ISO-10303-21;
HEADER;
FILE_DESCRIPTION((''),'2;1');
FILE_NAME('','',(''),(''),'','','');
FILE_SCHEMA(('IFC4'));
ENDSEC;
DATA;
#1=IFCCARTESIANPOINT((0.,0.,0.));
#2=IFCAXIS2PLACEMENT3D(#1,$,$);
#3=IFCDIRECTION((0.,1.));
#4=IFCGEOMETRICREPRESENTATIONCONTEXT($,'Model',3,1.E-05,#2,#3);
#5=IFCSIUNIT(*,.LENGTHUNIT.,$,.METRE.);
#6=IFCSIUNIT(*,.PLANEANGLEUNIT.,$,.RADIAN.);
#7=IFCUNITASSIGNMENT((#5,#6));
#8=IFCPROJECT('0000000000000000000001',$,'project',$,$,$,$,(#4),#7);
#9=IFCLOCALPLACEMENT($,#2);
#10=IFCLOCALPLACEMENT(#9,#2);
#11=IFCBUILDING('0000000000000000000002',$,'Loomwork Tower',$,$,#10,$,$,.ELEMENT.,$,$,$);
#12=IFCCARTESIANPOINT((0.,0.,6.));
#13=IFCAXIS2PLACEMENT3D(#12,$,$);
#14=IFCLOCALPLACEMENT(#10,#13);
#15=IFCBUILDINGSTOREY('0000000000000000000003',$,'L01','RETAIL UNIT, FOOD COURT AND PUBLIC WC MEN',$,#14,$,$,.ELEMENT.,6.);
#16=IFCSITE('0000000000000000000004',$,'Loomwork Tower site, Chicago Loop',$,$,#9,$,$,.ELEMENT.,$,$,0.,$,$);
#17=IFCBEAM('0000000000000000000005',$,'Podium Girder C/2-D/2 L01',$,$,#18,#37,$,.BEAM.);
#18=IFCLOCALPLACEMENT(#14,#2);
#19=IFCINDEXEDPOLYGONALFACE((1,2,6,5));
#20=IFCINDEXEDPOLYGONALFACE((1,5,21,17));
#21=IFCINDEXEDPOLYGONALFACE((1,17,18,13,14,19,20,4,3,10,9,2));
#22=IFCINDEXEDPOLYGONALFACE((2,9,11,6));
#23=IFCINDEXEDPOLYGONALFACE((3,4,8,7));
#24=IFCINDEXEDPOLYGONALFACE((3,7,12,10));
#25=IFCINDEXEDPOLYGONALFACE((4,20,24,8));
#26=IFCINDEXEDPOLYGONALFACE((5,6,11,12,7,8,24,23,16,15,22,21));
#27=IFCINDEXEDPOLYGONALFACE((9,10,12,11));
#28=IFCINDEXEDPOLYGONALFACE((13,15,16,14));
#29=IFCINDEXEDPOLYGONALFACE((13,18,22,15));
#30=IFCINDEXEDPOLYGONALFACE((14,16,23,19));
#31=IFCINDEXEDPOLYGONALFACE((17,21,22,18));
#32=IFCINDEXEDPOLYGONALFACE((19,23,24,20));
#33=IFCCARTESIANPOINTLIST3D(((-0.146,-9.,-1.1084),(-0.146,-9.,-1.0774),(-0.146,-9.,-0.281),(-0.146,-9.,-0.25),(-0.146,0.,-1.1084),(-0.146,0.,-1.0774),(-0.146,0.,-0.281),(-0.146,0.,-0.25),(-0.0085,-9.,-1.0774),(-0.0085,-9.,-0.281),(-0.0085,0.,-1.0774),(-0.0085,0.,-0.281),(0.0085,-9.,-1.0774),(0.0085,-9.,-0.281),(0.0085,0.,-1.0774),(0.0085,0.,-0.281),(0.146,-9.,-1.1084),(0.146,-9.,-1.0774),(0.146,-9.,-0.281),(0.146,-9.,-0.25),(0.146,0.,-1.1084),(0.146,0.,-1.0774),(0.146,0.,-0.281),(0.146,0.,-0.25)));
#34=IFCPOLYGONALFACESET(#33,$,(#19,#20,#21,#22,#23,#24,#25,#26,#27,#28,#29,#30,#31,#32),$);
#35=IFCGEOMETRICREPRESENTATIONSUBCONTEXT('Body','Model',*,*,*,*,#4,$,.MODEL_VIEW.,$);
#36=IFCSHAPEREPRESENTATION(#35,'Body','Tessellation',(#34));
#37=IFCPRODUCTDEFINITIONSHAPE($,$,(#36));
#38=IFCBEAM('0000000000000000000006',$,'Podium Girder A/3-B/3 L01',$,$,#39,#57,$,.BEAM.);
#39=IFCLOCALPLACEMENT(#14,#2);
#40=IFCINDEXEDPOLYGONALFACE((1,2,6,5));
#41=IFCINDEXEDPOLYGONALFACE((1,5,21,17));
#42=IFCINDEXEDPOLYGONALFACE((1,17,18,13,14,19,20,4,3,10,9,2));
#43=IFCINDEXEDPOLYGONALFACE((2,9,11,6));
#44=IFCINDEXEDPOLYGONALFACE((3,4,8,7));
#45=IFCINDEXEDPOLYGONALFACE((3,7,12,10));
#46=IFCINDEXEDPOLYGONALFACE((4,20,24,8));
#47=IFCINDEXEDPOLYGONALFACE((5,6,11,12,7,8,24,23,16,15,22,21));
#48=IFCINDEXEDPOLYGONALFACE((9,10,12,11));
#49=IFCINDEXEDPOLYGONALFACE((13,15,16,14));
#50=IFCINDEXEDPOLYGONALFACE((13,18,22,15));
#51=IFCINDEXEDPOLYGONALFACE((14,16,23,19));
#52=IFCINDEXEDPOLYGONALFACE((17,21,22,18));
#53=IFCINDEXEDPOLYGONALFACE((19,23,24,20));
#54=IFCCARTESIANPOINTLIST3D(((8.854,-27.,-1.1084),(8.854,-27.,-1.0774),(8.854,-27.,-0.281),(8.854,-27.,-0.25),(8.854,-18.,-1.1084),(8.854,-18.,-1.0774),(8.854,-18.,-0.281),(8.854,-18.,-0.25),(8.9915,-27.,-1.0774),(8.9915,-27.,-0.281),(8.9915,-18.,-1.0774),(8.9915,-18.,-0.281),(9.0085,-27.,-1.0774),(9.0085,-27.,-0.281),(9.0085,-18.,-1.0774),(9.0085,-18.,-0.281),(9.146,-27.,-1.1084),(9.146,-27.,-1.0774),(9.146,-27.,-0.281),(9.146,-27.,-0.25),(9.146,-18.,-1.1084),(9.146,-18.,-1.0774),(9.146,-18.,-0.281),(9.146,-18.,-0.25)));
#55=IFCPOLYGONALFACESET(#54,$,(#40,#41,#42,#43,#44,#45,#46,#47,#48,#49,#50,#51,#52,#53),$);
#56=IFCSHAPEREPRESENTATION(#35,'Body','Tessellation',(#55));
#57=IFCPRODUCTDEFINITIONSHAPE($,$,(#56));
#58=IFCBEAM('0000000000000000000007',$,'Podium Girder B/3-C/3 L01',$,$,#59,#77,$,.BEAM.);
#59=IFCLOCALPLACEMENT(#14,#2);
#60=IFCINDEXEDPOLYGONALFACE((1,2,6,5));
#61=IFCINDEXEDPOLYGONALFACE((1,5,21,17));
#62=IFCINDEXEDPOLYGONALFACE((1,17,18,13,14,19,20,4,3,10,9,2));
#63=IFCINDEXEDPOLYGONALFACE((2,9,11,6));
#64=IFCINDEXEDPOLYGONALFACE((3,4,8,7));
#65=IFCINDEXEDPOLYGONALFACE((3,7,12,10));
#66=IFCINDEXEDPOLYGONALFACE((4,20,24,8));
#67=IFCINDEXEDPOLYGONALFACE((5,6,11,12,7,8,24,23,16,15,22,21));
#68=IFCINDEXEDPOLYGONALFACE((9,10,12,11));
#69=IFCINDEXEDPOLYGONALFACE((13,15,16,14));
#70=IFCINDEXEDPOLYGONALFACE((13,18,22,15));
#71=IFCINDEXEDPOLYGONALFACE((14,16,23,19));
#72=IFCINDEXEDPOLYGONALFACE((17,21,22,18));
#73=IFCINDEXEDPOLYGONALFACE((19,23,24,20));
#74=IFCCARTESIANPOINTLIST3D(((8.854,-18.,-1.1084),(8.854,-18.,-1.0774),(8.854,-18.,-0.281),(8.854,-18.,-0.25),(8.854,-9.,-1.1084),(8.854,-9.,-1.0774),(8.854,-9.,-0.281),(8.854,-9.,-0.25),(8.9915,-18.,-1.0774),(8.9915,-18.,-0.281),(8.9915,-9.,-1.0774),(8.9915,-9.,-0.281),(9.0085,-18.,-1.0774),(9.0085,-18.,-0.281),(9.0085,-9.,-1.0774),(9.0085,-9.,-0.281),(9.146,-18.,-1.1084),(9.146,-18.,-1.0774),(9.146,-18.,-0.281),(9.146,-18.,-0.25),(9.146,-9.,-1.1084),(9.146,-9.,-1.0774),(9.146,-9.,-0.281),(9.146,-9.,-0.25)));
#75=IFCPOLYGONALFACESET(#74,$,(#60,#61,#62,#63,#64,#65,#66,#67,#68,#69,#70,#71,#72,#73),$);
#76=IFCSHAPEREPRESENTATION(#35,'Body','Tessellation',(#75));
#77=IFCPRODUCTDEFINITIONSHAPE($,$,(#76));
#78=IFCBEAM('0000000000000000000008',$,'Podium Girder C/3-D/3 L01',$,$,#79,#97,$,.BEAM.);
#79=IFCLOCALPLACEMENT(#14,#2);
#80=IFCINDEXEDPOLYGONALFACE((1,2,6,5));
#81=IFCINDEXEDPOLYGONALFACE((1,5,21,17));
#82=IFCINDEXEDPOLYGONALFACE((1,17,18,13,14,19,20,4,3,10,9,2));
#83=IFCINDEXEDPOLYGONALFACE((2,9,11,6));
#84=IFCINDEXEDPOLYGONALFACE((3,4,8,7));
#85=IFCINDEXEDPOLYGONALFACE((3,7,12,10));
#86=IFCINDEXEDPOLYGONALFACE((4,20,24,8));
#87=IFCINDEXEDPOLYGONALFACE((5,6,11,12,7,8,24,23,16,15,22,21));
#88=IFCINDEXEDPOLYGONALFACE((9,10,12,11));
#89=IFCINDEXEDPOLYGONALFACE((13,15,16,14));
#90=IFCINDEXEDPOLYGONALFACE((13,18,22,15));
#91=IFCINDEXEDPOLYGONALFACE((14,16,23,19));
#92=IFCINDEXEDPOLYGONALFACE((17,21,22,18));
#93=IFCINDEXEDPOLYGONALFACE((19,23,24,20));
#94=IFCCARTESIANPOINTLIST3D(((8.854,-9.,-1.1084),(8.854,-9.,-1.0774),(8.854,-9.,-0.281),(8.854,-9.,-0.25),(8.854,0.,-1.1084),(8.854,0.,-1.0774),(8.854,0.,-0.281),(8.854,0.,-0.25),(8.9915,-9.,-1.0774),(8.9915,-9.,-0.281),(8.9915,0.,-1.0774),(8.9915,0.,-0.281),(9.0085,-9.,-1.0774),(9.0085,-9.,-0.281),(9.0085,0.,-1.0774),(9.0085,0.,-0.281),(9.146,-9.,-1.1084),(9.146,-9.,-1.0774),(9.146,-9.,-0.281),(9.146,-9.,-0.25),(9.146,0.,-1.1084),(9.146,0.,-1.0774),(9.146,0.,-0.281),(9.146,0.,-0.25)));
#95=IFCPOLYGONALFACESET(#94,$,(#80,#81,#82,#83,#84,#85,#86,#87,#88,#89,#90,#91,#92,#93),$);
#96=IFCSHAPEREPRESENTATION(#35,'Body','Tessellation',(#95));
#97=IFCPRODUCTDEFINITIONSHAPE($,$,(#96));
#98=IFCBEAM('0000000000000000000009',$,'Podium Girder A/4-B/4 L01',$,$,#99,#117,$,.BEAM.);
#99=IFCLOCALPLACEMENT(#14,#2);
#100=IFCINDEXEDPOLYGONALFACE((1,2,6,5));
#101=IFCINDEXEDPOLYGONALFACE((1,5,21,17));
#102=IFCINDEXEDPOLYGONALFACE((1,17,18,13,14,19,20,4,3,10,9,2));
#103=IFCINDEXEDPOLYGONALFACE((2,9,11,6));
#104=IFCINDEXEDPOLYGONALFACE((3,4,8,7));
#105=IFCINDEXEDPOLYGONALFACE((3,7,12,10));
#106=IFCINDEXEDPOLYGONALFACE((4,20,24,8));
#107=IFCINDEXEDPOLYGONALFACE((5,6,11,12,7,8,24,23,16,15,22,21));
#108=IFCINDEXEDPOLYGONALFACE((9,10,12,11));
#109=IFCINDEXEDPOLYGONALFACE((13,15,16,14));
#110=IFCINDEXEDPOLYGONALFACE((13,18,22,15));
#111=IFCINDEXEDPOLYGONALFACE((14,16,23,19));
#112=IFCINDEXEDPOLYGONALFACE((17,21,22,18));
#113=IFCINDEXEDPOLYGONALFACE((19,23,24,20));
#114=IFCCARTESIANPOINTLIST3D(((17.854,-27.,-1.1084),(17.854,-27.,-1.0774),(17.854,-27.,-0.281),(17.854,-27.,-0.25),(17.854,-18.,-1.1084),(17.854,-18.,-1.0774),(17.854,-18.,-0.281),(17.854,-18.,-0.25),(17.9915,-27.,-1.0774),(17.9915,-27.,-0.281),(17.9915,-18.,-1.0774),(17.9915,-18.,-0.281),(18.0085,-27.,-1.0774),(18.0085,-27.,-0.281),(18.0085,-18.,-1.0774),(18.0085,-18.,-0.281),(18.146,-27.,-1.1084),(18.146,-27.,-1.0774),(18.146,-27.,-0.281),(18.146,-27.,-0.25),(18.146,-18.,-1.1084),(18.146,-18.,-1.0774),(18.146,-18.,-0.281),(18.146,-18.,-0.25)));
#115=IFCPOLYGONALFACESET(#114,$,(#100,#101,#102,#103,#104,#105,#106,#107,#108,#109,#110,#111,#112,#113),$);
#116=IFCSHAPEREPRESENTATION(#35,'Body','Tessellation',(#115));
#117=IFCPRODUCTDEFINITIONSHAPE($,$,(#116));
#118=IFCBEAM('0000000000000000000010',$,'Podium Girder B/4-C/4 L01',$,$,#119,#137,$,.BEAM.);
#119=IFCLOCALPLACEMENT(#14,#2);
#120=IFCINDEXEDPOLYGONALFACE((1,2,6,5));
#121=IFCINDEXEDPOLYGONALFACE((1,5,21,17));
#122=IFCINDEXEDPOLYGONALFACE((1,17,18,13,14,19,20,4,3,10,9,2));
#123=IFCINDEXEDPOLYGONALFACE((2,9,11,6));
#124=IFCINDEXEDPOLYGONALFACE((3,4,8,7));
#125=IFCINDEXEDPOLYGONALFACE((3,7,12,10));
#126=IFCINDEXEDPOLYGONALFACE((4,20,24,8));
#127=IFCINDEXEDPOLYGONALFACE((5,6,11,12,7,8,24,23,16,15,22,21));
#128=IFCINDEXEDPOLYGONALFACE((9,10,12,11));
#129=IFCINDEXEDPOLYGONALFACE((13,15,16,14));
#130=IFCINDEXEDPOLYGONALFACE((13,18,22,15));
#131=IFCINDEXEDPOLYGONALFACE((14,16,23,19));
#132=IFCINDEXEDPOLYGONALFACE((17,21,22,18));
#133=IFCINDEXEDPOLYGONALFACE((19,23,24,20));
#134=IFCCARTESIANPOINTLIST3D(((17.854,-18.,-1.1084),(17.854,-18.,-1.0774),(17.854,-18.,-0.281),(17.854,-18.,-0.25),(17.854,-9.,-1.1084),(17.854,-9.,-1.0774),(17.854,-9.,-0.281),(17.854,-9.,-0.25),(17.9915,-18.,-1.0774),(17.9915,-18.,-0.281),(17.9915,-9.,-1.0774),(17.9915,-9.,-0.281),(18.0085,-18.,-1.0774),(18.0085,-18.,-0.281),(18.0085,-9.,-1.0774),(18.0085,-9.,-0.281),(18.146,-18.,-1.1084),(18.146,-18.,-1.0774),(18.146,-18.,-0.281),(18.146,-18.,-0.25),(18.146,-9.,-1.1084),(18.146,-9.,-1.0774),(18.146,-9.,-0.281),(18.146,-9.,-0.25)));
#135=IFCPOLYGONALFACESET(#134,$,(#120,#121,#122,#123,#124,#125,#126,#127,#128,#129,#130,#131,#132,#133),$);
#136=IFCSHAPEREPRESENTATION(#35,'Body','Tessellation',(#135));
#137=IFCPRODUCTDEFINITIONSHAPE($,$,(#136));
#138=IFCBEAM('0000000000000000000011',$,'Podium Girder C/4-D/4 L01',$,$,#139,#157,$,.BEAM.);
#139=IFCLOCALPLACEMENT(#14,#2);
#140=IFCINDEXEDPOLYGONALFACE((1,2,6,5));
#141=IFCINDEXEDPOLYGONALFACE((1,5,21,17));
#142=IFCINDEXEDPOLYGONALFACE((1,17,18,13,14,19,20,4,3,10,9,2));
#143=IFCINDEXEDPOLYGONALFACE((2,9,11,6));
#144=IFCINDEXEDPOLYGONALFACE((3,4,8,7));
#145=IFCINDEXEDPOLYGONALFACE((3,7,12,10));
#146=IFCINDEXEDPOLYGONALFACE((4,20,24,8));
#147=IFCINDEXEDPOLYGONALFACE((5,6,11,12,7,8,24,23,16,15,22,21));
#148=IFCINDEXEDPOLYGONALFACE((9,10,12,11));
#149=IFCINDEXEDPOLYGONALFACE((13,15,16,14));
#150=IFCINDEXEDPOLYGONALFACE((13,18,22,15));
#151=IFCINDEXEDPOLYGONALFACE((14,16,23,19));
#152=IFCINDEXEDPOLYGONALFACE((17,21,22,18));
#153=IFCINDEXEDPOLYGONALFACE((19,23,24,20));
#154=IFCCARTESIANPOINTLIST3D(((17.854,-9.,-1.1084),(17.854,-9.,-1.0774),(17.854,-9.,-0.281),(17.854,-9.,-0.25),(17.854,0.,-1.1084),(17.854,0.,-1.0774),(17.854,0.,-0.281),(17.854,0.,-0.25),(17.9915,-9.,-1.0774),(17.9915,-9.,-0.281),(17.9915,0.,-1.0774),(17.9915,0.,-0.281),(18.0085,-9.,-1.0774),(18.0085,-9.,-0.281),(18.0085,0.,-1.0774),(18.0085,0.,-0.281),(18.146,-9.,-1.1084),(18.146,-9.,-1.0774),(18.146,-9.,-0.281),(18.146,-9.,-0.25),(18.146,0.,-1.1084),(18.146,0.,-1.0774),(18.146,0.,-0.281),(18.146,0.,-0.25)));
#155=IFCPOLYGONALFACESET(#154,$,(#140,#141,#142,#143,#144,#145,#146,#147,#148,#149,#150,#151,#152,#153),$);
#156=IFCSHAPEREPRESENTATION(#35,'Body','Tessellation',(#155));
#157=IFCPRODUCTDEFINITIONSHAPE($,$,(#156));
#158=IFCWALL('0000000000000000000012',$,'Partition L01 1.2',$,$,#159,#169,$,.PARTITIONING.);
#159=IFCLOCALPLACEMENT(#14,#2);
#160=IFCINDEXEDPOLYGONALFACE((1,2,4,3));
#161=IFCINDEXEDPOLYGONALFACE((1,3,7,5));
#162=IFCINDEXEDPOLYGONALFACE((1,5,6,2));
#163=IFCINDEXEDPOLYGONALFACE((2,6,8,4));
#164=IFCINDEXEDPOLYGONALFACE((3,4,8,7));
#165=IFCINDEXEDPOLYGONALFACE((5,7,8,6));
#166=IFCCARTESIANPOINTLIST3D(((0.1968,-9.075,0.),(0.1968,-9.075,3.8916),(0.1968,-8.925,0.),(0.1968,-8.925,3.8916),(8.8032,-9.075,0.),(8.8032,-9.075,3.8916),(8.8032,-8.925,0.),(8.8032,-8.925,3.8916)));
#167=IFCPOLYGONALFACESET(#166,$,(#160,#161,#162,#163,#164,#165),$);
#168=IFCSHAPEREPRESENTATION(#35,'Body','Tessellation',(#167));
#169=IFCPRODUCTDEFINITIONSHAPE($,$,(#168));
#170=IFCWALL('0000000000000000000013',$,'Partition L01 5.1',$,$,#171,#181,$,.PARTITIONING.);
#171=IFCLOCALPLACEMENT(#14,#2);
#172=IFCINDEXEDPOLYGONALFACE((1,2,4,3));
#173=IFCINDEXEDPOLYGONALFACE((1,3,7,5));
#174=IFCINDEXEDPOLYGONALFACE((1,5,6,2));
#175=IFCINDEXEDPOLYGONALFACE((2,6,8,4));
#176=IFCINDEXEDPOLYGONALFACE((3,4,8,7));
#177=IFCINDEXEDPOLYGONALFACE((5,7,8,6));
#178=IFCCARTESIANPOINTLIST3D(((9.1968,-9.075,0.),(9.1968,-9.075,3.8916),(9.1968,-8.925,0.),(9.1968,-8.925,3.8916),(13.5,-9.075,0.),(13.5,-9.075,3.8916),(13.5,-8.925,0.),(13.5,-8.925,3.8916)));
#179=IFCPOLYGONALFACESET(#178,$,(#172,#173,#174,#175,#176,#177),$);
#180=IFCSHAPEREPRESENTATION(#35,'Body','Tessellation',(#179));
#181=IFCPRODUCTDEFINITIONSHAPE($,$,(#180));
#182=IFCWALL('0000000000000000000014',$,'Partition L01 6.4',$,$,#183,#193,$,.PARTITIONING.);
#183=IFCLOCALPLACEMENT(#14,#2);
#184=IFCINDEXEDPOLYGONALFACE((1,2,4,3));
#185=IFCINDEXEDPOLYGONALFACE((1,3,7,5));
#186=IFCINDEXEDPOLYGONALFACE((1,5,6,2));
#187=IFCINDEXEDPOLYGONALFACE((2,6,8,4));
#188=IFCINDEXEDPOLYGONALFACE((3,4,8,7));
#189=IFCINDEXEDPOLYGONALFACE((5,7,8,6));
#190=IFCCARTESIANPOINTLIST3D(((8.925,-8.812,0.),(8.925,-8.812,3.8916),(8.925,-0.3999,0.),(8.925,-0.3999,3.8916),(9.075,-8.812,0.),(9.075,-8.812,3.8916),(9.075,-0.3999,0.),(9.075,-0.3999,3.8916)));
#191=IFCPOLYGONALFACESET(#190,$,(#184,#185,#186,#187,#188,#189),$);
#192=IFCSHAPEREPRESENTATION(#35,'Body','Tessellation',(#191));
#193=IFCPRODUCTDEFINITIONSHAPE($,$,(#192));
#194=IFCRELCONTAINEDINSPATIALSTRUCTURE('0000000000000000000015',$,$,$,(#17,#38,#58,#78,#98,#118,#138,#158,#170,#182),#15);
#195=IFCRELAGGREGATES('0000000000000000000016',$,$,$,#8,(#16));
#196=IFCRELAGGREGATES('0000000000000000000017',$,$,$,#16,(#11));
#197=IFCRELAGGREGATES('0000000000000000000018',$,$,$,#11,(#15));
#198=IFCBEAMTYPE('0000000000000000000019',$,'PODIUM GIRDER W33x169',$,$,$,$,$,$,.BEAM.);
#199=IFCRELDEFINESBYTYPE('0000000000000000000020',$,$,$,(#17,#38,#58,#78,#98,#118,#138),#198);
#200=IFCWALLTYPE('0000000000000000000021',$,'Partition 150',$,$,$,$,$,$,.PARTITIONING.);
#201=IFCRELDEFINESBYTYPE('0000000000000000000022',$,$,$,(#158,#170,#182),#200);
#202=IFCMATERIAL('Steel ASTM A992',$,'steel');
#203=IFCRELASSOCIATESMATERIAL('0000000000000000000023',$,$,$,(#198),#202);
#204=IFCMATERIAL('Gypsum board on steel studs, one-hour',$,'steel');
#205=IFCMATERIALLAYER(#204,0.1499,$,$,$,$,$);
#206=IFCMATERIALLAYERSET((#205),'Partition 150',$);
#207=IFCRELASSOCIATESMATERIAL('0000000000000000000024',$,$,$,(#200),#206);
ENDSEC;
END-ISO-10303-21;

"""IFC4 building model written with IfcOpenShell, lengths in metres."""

from ifc_helpers import new_model, si_unit, direction, frame, frame_2d, origin, origin_2d, place, context, subcontext, project, spatial, rectangle, i_section, extrude, material, layer, layer_set, material_profile, profile_set, type_object, element, save


model = new_model("IFC4")

# Units and contexts
model_context = context("Model", 3, precision=1e-05, world=origin(), true_north=direction((0.0, 1.0)))
body_context = subcontext(model_context, "Body", "Model", "MODEL_VIEW")
ifc_project = project(units=[si_unit("LENGTHUNIT", "METRE"), si_unit("PLANEANGLEUNIT", "RADIAN")], contexts=[model_context])

# Site, building, storey
site_placement = place(None, origin())
site = spatial("IfcSite", under=ifc_project, at=site_placement, Name="Loomwork Tower site, Chicago Loop", CompositionType="ELEMENT", RefElevation=0.0)
building_placement = place(site_placement, origin())
building = spatial("IfcBuilding", under=site, at=building_placement, Name="Loomwork Tower", CompositionType="ELEMENT")
storey_placement = place(building_placement, frame((0.0, 0.0, 6.0)))
storey = spatial("IfcBuildingStorey", under=building, at=storey_placement, Name="L01", Description="RETAIL UNIT, FOOD COURT AND PUBLIC WC MEN", CompositionType="ELEMENT", Elevation=6.0)

# Beams
ifc_material_1 = material(Name="Steel ASTM A992", Category="steel")
ifc_material_profile_1 = material_profile(ifc_material_1, i_section(OverallWidth=0.292, OverallDepth=0.8584, WebThickness=0.0171, FlangeThickness=0.031, at=origin_2d()), Name="W33x169")
ifc_profile_set_1 = profile_set([ifc_material_profile_1], Name="Steel ASTM A992")
beam_type_1 = type_object("IfcBeamType", Name="PODIUM GIRDER W33x169", PredefinedType="BEAM", material=ifc_profile_set_1)
for number, where, z_axis, x_axis, name in (
    (1, (0.0, -9.0, -0.6792), (0.0, 1.0, 0.0), (-1.0, 0.0, 0.0), "Podium Girder C/2-D/2 L01"),
    (2, (9.0, -27.0, -0.6792), (0.0, 1.0, 0.0), (-1.0, 0.0, 0.0), "Podium Girder A/3-B/3 L01"),
    (3, (9.0, -18.0, -0.6792), (0.0, 1.0, 0.0), (-1.0, 0.0, 0.0), "Podium Girder B/3-C/3 L01"),
    (4, (9.0, -9.0, -0.6792), (0.0, 1.0, 0.0), (-1.0, 0.0, 0.0), "Podium Girder C/3-D/3 L01"),
    (5, (18.0, -27.0, -0.6792), (0.0, 1.0, 0.0), (-1.0, 0.0, 0.0), "Podium Girder A/4-B/4 L01"),
    (6, (18.0, -18.0, -0.6792), (0.0, 1.0, 0.0), (-1.0, 0.0, 0.0), "Podium Girder B/4-C/4 L01"),
    (7, (18.0, -9.0, -0.6792), (0.0, 1.0, 0.0), (-1.0, 0.0, 0.0), "Podium Girder C/4-D/4 L01"),
):
    element("IfcBeam", number, at=place(storey_placement, frame(where, z_axis=z_axis, x_axis=x_axis)), inside=storey, type_object=beam_type_1, Name=name, PredefinedType="BEAM", context=body_context, shape_type="SweptSolid", body=[
        extrude(i_section(OverallWidth=0.292, OverallDepth=0.8584, WebThickness=0.0171, FlangeThickness=0.031, at=origin_2d()), origin(), (0.0, 0.0, 1.0), 9.0),
    ])

# Walls
ifc_material_2 = material(Name="Gypsum board on steel studs, one-hour", Category="steel")
ifc_layer_1 = layer(ifc_material_2, 0.1499)
ifc_layer_set_1 = layer_set([ifc_layer_1], Name="Partition 150")
wall_type = type_object("IfcWallType", Name="Partition 150", PredefinedType="PARTITIONING", material=ifc_layer_set_1)
wall_1_placement = place(storey_placement, frame((0.1968, -9.0, 0.0), z_axis=(0.0, 0.0, 1.0), x_axis=(1.0, 0.0, 0.0)))
element("IfcWall", 8, at=wall_1_placement, inside=storey, type_object=wall_type, Name="Partition L01 1.2", PredefinedType="PARTITIONING", context=body_context, shape_type="SweptSolid", body=[
    extrude(rectangle(XDim=8.6064, YDim=0.1499, at=frame_2d((4.3032, 0.0))), origin(), (0.0, 0.0, 1.0), 3.8916),
])
wall_2_placement = place(storey_placement, frame((9.1968, -9.0, 0.0), z_axis=(0.0, 0.0, 1.0), x_axis=(1.0, 0.0, 0.0)))
element("IfcWall", 9, at=wall_2_placement, inside=storey, type_object=wall_type, Name="Partition L01 5.1", PredefinedType="PARTITIONING", context=body_context, shape_type="SweptSolid", body=[
    extrude(rectangle(XDim=4.3032, YDim=0.1499, at=frame_2d((2.1516, 0.0))), origin(), (0.0, 0.0, 1.0), 3.8916),
])
wall_3_placement = place(storey_placement, frame((9.0, -0.3999, 0.0), z_axis=(0.0, 0.0, 1.0), x_axis=(0.0, -1.0, 0.0)))
element("IfcWall", 10, at=wall_3_placement, inside=storey, type_object=wall_type, Name="Partition L01 6.4", PredefinedType="PARTITIONING", context=body_context, shape_type="SweptSolid", body=[
    extrude(rectangle(XDim=8.4121, YDim=0.1499, at=frame_2d((4.2061, 0.0))), origin(), (0.0, 0.0, 1.0), 3.8916),
])

save(model, "model.ifc")
